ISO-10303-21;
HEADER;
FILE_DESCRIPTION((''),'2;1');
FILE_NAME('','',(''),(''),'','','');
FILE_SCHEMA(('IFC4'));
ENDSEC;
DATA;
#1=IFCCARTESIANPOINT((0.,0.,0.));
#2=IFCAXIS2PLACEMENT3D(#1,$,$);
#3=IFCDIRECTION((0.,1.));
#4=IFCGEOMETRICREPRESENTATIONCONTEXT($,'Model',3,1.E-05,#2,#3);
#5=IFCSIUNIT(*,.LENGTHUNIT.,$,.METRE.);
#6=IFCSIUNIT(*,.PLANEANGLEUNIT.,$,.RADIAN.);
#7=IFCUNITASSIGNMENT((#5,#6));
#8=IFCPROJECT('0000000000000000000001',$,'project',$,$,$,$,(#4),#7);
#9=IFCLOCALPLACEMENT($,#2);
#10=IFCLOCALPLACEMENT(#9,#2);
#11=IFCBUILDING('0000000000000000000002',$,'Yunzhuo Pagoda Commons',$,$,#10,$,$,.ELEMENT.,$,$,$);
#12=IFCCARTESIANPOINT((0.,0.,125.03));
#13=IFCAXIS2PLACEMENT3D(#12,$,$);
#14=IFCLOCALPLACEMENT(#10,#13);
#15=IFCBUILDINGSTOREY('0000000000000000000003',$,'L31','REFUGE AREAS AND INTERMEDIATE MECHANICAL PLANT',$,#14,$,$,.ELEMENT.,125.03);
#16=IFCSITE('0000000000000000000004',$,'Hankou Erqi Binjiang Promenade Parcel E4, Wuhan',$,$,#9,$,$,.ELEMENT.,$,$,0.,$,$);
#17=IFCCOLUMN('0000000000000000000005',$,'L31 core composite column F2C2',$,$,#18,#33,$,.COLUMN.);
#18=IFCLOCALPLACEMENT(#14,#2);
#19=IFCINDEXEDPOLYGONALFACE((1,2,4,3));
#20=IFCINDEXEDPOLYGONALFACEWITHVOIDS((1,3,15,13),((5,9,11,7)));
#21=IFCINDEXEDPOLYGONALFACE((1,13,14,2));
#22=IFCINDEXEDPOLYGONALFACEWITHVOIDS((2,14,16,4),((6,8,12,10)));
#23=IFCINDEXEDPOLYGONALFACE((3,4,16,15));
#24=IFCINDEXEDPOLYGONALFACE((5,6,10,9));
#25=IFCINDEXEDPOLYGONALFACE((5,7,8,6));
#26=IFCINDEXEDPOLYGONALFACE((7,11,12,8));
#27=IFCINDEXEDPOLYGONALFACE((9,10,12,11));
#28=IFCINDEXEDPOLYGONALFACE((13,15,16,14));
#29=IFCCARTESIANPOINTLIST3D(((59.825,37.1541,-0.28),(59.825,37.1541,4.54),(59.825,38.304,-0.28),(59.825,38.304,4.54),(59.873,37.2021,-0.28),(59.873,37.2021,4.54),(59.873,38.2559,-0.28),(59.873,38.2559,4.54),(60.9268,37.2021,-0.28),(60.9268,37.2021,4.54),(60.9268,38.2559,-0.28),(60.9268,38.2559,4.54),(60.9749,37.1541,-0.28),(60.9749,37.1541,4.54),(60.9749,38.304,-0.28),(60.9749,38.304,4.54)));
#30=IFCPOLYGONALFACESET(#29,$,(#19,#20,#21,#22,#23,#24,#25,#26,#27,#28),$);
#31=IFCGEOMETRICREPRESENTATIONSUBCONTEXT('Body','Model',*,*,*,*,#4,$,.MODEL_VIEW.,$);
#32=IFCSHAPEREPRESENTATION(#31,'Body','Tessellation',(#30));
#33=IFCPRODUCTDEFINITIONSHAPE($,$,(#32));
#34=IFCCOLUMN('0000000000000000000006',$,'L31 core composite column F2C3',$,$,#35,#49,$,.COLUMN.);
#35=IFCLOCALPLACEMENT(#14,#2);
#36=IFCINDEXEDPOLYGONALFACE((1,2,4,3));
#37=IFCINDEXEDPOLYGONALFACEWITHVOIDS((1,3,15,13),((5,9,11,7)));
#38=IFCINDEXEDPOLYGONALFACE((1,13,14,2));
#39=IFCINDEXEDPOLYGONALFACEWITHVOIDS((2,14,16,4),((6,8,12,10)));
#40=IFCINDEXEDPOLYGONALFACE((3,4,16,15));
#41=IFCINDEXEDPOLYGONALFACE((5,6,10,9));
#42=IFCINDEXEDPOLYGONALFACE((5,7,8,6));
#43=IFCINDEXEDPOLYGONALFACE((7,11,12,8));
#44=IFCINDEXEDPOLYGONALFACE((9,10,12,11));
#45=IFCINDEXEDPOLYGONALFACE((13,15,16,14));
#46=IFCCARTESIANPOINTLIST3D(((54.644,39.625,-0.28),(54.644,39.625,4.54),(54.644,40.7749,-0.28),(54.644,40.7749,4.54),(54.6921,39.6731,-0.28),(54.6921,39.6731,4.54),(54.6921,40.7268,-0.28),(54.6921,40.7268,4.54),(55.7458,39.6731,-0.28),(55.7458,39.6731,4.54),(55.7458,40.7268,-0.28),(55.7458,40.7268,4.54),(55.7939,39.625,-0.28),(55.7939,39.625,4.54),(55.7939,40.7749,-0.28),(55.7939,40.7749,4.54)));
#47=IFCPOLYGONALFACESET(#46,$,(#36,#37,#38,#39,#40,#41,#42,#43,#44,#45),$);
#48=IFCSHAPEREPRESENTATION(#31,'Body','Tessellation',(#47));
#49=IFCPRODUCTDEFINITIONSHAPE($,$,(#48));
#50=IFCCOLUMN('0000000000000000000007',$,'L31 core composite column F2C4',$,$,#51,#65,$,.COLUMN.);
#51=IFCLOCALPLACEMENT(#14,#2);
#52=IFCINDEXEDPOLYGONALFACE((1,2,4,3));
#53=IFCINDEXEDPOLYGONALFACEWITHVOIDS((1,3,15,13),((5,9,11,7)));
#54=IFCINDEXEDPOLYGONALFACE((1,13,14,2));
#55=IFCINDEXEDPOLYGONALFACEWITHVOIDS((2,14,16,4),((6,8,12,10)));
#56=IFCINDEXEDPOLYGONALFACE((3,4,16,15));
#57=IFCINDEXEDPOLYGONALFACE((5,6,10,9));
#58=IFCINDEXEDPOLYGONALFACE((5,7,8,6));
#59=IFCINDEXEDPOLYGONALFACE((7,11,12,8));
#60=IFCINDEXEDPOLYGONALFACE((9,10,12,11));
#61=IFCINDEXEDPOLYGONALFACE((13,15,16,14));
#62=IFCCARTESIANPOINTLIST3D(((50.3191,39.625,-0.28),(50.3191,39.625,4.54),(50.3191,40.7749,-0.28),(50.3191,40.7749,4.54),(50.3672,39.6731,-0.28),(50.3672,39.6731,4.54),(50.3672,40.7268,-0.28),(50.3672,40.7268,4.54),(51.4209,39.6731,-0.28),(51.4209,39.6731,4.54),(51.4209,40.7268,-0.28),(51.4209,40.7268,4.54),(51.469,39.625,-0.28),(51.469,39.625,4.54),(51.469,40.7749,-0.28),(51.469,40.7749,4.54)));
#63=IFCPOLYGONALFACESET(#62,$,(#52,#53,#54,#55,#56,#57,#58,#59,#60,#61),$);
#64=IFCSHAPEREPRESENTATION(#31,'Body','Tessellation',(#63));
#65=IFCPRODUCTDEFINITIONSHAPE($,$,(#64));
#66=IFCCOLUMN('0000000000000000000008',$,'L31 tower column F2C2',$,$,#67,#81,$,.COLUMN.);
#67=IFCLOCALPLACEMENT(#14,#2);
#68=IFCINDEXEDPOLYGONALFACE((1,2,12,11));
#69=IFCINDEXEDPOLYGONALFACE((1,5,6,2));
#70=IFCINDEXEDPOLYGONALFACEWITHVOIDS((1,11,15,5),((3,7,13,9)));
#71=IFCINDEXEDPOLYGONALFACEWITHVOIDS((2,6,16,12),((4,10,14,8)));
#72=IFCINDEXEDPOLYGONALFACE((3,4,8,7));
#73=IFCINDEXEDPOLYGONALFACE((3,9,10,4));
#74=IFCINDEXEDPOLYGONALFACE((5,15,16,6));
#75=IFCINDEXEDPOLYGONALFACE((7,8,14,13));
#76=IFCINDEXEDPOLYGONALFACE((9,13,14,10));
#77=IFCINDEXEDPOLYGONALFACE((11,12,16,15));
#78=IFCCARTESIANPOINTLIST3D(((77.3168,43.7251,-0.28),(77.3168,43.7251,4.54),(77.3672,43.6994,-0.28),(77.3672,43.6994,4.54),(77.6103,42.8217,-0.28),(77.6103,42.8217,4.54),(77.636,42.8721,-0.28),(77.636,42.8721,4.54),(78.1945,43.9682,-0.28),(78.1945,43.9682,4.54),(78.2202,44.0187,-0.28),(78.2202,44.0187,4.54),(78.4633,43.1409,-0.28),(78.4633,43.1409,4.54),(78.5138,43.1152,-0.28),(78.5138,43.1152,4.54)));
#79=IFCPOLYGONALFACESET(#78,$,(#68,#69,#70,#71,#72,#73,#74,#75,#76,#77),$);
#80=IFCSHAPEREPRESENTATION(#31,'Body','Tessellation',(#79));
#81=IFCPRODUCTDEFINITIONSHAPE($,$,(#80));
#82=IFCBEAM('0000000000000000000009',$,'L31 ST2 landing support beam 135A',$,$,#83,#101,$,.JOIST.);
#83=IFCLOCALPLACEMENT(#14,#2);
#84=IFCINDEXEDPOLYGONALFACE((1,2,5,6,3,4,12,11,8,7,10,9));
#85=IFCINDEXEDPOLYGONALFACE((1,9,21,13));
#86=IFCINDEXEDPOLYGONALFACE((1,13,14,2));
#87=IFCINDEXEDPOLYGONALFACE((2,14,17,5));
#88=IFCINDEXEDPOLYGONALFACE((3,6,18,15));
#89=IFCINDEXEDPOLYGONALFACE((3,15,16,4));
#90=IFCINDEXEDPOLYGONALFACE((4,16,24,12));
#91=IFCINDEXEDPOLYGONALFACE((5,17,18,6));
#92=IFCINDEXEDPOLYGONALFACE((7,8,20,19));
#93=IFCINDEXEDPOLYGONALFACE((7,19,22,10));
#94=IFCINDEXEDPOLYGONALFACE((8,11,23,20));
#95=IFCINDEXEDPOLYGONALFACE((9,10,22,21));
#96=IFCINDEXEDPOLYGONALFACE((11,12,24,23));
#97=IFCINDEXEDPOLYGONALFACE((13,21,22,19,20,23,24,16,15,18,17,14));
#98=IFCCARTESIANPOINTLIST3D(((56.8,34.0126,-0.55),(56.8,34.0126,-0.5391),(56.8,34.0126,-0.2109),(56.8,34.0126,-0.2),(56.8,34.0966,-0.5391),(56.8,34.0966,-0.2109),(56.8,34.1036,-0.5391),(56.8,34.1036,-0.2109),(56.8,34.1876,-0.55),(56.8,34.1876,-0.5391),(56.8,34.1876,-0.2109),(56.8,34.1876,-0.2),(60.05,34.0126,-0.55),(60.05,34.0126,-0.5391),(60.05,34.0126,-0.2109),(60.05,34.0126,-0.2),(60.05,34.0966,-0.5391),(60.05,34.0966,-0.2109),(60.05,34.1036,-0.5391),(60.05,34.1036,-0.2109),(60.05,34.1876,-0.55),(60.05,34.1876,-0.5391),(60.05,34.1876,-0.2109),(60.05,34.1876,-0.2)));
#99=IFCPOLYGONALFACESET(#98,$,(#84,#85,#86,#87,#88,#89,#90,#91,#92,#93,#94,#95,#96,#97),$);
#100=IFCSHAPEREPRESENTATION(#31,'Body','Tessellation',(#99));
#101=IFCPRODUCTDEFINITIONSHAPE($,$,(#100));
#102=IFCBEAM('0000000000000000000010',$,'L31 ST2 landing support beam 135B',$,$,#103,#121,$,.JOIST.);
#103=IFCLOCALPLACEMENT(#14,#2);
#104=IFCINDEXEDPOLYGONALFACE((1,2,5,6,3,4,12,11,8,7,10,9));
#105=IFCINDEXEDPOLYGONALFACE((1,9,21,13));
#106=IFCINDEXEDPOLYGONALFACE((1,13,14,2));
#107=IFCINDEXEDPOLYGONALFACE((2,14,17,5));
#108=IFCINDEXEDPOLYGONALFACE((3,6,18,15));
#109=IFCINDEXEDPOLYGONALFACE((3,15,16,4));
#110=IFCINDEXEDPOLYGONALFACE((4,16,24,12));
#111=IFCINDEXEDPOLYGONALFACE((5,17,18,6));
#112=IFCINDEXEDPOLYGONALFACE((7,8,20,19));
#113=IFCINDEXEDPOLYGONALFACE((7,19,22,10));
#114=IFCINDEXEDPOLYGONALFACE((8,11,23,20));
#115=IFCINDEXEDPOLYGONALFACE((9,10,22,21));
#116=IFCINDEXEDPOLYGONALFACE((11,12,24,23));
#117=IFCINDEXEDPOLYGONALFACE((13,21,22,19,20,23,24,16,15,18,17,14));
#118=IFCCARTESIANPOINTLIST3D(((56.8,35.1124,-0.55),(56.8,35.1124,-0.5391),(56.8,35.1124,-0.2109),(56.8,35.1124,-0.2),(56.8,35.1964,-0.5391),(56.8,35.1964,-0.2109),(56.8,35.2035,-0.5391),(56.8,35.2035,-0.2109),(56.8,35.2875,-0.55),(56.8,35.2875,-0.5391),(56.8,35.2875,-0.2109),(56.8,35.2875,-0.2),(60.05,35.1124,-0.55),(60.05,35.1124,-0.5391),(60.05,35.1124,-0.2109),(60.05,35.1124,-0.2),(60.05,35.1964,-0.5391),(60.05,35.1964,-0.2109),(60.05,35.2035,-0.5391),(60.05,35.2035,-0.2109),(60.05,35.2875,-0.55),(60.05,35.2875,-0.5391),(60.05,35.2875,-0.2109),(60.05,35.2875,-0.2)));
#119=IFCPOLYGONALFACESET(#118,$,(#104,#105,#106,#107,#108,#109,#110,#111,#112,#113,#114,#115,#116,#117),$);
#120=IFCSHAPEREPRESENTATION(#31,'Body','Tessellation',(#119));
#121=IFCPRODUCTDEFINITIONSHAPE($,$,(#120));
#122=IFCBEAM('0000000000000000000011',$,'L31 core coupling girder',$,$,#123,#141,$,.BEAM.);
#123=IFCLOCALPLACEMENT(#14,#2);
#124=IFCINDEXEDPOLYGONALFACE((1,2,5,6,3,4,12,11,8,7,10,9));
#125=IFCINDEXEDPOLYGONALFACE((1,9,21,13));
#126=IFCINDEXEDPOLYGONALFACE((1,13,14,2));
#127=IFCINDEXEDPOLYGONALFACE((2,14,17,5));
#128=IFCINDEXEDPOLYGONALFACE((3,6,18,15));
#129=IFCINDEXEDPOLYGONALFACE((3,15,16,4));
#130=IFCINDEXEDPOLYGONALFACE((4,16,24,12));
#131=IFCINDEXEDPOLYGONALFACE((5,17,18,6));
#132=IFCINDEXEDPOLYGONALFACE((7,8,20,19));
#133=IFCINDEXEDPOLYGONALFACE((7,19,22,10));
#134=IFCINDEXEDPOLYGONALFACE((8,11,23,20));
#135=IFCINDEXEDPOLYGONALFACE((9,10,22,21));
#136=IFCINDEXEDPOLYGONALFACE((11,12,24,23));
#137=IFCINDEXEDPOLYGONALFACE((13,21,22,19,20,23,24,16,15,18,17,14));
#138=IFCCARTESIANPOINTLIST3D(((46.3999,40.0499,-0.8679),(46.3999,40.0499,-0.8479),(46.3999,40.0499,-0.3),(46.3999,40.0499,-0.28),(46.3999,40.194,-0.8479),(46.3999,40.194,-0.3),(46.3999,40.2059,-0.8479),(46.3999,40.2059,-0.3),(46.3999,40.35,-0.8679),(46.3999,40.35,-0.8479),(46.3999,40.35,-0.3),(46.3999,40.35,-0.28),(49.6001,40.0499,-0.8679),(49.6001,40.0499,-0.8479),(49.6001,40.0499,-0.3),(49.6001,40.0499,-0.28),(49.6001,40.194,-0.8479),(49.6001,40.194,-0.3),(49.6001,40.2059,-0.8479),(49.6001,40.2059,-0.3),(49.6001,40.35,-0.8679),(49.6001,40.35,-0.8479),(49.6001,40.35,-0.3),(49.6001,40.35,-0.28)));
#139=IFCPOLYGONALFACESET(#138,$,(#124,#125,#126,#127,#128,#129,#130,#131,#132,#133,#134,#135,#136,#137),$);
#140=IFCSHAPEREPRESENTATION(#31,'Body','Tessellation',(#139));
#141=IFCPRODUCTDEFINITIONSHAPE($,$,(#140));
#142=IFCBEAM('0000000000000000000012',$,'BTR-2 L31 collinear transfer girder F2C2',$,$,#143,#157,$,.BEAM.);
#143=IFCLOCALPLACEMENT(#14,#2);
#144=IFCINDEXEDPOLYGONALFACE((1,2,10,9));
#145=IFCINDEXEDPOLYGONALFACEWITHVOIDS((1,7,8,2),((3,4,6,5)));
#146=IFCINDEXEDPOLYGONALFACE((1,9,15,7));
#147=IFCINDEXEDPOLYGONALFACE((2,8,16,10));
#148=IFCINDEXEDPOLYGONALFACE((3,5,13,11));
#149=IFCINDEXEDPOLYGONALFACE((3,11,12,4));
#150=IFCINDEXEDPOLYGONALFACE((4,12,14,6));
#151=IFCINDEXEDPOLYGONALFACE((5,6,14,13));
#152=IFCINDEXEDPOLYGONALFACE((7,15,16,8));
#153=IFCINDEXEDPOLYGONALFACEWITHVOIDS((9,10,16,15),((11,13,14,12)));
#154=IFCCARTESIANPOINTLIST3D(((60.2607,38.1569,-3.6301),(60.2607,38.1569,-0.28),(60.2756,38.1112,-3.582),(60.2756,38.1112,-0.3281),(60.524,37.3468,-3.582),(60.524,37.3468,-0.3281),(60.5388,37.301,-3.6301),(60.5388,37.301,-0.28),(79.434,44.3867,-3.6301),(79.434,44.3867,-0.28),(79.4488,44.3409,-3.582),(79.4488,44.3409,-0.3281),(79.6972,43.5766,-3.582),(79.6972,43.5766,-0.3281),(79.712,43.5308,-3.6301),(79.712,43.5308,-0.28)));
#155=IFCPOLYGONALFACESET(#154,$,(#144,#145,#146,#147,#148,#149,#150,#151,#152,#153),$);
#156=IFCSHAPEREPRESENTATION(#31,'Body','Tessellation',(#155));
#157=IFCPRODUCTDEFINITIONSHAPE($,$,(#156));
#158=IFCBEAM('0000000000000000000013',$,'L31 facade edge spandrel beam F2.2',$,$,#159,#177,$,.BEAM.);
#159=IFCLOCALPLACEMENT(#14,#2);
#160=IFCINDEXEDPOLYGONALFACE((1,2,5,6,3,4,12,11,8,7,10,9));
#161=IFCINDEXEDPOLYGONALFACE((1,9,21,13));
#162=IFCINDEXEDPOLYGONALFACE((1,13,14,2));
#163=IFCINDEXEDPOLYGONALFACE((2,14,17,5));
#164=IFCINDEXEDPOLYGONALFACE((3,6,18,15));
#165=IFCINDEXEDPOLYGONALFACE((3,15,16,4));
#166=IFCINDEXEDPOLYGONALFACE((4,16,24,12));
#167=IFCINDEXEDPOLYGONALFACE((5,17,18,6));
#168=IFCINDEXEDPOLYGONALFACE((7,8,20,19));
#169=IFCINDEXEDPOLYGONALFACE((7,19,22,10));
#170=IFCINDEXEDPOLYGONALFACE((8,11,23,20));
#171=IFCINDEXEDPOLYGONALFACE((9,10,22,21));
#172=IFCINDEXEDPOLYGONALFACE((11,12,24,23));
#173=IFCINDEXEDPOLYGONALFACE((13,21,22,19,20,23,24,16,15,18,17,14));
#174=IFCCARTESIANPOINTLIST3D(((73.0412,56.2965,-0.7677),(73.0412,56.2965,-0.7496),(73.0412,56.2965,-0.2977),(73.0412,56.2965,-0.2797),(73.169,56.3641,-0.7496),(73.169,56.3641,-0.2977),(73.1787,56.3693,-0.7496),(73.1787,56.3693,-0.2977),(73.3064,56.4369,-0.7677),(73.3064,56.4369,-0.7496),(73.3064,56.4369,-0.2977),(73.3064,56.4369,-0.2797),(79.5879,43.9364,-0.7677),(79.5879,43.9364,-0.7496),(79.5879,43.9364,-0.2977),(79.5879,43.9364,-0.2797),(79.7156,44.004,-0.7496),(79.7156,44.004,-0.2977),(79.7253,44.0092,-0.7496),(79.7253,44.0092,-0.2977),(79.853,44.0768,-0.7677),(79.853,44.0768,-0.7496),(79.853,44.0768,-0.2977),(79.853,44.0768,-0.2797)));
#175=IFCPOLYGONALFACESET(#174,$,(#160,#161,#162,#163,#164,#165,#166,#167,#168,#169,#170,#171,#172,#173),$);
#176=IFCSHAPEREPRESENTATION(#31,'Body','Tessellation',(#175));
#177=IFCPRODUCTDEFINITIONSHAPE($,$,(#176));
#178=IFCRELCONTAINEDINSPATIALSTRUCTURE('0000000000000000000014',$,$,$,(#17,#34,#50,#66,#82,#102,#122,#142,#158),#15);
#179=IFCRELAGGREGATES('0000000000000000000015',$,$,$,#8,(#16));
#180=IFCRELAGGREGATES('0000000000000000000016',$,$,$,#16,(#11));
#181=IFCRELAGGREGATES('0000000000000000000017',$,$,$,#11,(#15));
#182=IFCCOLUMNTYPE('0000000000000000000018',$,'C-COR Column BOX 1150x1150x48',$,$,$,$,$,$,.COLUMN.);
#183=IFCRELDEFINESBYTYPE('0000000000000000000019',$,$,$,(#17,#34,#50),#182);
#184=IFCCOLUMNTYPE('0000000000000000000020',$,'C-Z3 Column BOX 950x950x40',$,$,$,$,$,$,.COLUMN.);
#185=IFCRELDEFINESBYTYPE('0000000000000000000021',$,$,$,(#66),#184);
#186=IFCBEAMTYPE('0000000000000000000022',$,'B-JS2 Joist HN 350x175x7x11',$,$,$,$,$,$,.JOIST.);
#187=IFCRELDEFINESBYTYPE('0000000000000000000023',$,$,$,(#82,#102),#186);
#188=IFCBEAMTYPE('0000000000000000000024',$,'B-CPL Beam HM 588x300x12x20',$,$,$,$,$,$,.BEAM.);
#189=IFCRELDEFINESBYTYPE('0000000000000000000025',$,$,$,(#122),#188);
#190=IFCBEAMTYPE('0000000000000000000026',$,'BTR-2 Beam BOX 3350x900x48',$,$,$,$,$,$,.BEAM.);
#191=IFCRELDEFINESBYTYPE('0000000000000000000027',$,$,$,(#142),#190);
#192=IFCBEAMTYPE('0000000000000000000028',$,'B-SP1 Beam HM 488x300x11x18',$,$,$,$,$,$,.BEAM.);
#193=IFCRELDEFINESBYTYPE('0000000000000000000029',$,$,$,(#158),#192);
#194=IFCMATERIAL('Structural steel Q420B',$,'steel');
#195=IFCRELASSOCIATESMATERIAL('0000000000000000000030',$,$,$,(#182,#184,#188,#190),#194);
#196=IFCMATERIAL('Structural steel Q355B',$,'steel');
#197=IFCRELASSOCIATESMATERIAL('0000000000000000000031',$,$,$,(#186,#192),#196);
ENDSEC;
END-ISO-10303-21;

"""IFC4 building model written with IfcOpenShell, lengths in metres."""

from ifc_helpers import new_model, si_unit, direction, frame, origin, origin_2d, place, context, subcontext, project, spatial, hollow_rectangle, i_section, extrude, source, transform, mapped, material, material_profile, profile_set, type_object, element, save


model = new_model("IFC4")

# Units and contexts
model_context = context("Model", 3, precision=1e-05, world=origin(), true_north=direction((0.0, 1.0)))
body_context = subcontext(model_context, "Body", "Model", "MODEL_VIEW")
ifc_project = project(units=[si_unit("LENGTHUNIT", "METRE"), si_unit("PLANEANGLEUNIT", "RADIAN")], contexts=[model_context])

# Site, building, storey
site_placement = place(None, origin())
site = spatial("IfcSite", under=ifc_project, at=site_placement, Name="Hankou Erqi Binjiang Promenade Parcel E4, Wuhan", CompositionType="ELEMENT", RefElevation=0.0)
building_placement = place(site_placement, origin())
building = spatial("IfcBuilding", under=site, at=building_placement, Name="Yunzhuo Pagoda Commons", CompositionType="ELEMENT")
storey_placement = place(building_placement, frame((0.0, 0.0, 125.03)))
storey = spatial("IfcBuildingStorey", under=building, at=storey_placement, Name="L31", Description="REFUGE AREAS AND INTERMEDIATE MECHANICAL PLANT", CompositionType="ELEMENT", Elevation=125.03)

# Columns
ifc_material_1 = material(Name="Structural steel Q420B", Category="steel")
ifc_material_profile_1 = material_profile(ifc_material_1, hollow_rectangle(XDim=1.1499, YDim=1.1499, WallThickness=0.0481, at=origin_2d()), Name="Structural steel Q420B")
ifc_profile_set_1 = profile_set([ifc_material_profile_1], Name="Structural steel Q420B")
column_type_1 = type_object("IfcColumnType", Name="C-COR Column BOX 1150x1150x48", PredefinedType="COLUMN", material=ifc_profile_set_1)
shared_shape_1 = source(origin(), body_context, "Body", "SweptSolid", [
    extrude(hollow_rectangle(XDim=1.1499, YDim=1.1499, WallThickness=0.0481, at=origin_2d()), origin(), (0.0, 0.0, 1.0), 4.8201),
])
for number, where, z_axis, x_axis, name in (
    (1, (60.3999, 37.729, -0.28), (0.0, 0.0, 1.0), (1.0, 0.0, 0.0), "L31 core composite column F2C2"),
    (2, (55.219, 40.2, -0.28), (0.0, 0.0, 1.0), (1.0, 0.0, 0.0), "L31 core composite column F2C3"),
    (3, (50.894, 40.2, -0.28), (0.0, 0.0, 1.0), (1.0, 0.0, 0.0), "L31 core composite column F2C4"),
):
    element("IfcColumn", number, at=place(storey_placement, frame(where, z_axis=z_axis, x_axis=x_axis)), inside=storey, type_object=column_type_1, Name=name, PredefinedType="COLUMN", context=body_context, shape_type="MappedRepresentation", body=[
        mapped(shared_shape_1, transform((0.0, 0.0, 0.0), scale=1.0)),
    ])
ifc_material_profile_2 = material_profile(ifc_material_1, hollow_rectangle(XDim=0.95, YDim=0.95, WallThickness=0.04, at=origin_2d()), Name="Structural steel Q420B")
ifc_profile_set_2 = profile_set([ifc_material_profile_2], Name="Structural steel Q420B")
column_type_2 = type_object("IfcColumnType", Name="C-Z3 Column BOX 950x950x40", PredefinedType="COLUMN", material=ifc_profile_set_2)
shared_shape_2 = source(origin(), body_context, "Body", "SweptSolid", [
    extrude(hollow_rectangle(XDim=0.95, YDim=0.95, WallThickness=0.04, at=origin_2d()), origin(), (0.0, 0.0, 1.0), 4.8201),
])
column_placement = place(storey_placement, frame((77.9153, 43.4202, -0.28), z_axis=(0.0, 0.0, 1.0), x_axis=(-0.309017, 0.951057, 0.0)))
element("IfcColumn", 4, at=column_placement, inside=storey, type_object=column_type_2, Name="L31 tower column F2C2", PredefinedType="COLUMN", context=body_context, shape_type="MappedRepresentation", body=[
    mapped(shared_shape_2, transform((0.0, 0.0, 0.0), scale=1.0)),
])

# Beams
ifc_material_2 = material(Name="Structural steel Q355B", Category="steel")
ifc_material_profile_3 = material_profile(ifc_material_2, i_section(OverallWidth=0.175, OverallDepth=0.3501, WebThickness=0.0071, FlangeThickness=0.011, at=origin_2d()), Name="Structural steel Q355B")
ifc_profile_set_3 = profile_set([ifc_material_profile_3], Name="Structural steel Q355B")
beam_type_1 = type_object("IfcBeamType", Name="B-JS2 Joist HN 350x175x7x11", PredefinedType="JOIST", material=ifc_profile_set_3)
shared_shape_3 = source(origin(), body_context, "Body", "SweptSolid", [
    extrude(i_section(OverallWidth=0.175, OverallDepth=0.3501, WebThickness=0.0071, FlangeThickness=0.011, at=origin_2d()), origin(), (0.0, 0.0, 1.0), 3.25),
])
for number, where, z_axis, x_axis, name in (
    (5, (56.8, 34.1001, -0.375), (1.0, 0.0, 0.0), (0.0, 1.0, 0.0), "L31 ST2 landing support beam 135A"),
    (6, (56.8, 35.2, -0.375), (1.0, 0.0, 0.0), (0.0, 1.0, 0.0), "L31 ST2 landing support beam 135B"),
):
    element("IfcBeam", number, at=place(storey_placement, frame(where, z_axis=z_axis, x_axis=x_axis)), inside=storey, type_object=beam_type_1, Name=name, PredefinedType="JOIST", context=body_context, shape_type="MappedRepresentation", body=[
        mapped(shared_shape_3, transform((0.0, 0.0, 0.0), scale=1.0)),
    ])
ifc_material_profile_4 = material_profile(ifc_material_1, i_section(OverallWidth=0.3, OverallDepth=0.5879, WebThickness=0.012, FlangeThickness=0.02, at=origin_2d()), Name="Structural steel Q420B")
ifc_profile_set_4 = profile_set([ifc_material_profile_4], Name="Structural steel Q420B")
beam_type_2 = type_object("IfcBeamType", Name="B-CPL Beam HM 588x300x12x20", PredefinedType="BEAM", material=ifc_profile_set_4)
shared_shape_4 = source(origin(), body_context, "Body", "SweptSolid", [
    extrude(i_section(OverallWidth=0.3, OverallDepth=0.5879, WebThickness=0.012, FlangeThickness=0.02, at=origin_2d()), origin(), (0.0, 0.0, 1.0), 3.2002),
])
beam_1_placement = place(storey_placement, frame((46.3999, 40.2, -0.574), z_axis=(1.0, 0.0, 0.0), x_axis=(0.0, 1.0, 0.0)))
element("IfcBeam", 7, at=beam_1_placement, inside=storey, type_object=beam_type_2, Name="L31 core coupling girder", PredefinedType="BEAM", context=body_context, shape_type="MappedRepresentation", body=[
    mapped(shared_shape_4, transform((0.0, 0.0, 0.0), scale=1.0)),
])
ifc_material_profile_5 = material_profile(ifc_material_1, hollow_rectangle(XDim=0.8999, YDim=3.3501, WallThickness=0.0481, at=origin_2d()), Name="Structural steel Q420B")
ifc_profile_set_5 = profile_set([ifc_material_profile_5], Name="Structural steel Q420B")
beam_type_3 = type_object("IfcBeamType", Name="BTR-2 Beam BOX 3350x900x48", PredefinedType="BEAM", material=ifc_profile_set_5)
shared_shape_5 = source(origin(), body_context, "Body", "SweptSolid", [
    extrude(hollow_rectangle(XDim=0.8999, YDim=3.3501, WallThickness=0.0481, at=origin_2d()), origin(), (0.0, 0.0, 1.0), 20.1599),
])
beam_2_placement = place(storey_placement, frame((79.573, 43.9587, -1.9551), z_axis=(-0.951056, -0.309018, 0.0), x_axis=(0.309018, -0.951056, 0.0)))
element("IfcBeam", 8, at=beam_2_placement, inside=storey, type_object=beam_type_3, Name="BTR-2 L31 collinear transfer girder F2C2", PredefinedType="BEAM", context=body_context, shape_type="MappedRepresentation", body=[
    mapped(shared_shape_5, transform((0.0, 0.0, 0.0), scale=1.0)),
])
ifc_material_profile_6 = material_profile(ifc_material_2, i_section(OverallWidth=0.3, OverallDepth=0.488, WebThickness=0.011, FlangeThickness=0.0181, at=origin_2d()), Name="Structural steel Q355B")
ifc_profile_set_6 = profile_set([ifc_material_profile_6], Name="Structural steel Q355B")
beam_type_4 = type_object("IfcBeamType", Name="B-SP1 Beam HM 488x300x11x18", PredefinedType="BEAM", material=ifc_profile_set_6)
shared_shape_6 = source(origin(), body_context, "Body", "SweptSolid", [
    extrude(i_section(OverallWidth=0.3, OverallDepth=0.488, WebThickness=0.011, FlangeThickness=0.0181, at=origin_2d()), origin(), (0.0, 0.0, 1.0), 13.9868),
])
beam_3_placement = place(storey_placement, frame((79.7205, 44.0066, -0.5237), z_axis=(-0.468058, 0.883698, 0.0), x_axis=(-0.883698, -0.468058, 0.0)))
element("IfcBeam", 9, at=beam_3_placement, inside=storey, type_object=beam_type_4, Name="L31 facade edge spandrel beam F2.2", PredefinedType="BEAM", context=body_context, shape_type="MappedRepresentation", body=[
    mapped(shared_shape_6, transform((0.0, 0.0, 0.0), scale=1.0)),
])

save(model, "model.ifc")
